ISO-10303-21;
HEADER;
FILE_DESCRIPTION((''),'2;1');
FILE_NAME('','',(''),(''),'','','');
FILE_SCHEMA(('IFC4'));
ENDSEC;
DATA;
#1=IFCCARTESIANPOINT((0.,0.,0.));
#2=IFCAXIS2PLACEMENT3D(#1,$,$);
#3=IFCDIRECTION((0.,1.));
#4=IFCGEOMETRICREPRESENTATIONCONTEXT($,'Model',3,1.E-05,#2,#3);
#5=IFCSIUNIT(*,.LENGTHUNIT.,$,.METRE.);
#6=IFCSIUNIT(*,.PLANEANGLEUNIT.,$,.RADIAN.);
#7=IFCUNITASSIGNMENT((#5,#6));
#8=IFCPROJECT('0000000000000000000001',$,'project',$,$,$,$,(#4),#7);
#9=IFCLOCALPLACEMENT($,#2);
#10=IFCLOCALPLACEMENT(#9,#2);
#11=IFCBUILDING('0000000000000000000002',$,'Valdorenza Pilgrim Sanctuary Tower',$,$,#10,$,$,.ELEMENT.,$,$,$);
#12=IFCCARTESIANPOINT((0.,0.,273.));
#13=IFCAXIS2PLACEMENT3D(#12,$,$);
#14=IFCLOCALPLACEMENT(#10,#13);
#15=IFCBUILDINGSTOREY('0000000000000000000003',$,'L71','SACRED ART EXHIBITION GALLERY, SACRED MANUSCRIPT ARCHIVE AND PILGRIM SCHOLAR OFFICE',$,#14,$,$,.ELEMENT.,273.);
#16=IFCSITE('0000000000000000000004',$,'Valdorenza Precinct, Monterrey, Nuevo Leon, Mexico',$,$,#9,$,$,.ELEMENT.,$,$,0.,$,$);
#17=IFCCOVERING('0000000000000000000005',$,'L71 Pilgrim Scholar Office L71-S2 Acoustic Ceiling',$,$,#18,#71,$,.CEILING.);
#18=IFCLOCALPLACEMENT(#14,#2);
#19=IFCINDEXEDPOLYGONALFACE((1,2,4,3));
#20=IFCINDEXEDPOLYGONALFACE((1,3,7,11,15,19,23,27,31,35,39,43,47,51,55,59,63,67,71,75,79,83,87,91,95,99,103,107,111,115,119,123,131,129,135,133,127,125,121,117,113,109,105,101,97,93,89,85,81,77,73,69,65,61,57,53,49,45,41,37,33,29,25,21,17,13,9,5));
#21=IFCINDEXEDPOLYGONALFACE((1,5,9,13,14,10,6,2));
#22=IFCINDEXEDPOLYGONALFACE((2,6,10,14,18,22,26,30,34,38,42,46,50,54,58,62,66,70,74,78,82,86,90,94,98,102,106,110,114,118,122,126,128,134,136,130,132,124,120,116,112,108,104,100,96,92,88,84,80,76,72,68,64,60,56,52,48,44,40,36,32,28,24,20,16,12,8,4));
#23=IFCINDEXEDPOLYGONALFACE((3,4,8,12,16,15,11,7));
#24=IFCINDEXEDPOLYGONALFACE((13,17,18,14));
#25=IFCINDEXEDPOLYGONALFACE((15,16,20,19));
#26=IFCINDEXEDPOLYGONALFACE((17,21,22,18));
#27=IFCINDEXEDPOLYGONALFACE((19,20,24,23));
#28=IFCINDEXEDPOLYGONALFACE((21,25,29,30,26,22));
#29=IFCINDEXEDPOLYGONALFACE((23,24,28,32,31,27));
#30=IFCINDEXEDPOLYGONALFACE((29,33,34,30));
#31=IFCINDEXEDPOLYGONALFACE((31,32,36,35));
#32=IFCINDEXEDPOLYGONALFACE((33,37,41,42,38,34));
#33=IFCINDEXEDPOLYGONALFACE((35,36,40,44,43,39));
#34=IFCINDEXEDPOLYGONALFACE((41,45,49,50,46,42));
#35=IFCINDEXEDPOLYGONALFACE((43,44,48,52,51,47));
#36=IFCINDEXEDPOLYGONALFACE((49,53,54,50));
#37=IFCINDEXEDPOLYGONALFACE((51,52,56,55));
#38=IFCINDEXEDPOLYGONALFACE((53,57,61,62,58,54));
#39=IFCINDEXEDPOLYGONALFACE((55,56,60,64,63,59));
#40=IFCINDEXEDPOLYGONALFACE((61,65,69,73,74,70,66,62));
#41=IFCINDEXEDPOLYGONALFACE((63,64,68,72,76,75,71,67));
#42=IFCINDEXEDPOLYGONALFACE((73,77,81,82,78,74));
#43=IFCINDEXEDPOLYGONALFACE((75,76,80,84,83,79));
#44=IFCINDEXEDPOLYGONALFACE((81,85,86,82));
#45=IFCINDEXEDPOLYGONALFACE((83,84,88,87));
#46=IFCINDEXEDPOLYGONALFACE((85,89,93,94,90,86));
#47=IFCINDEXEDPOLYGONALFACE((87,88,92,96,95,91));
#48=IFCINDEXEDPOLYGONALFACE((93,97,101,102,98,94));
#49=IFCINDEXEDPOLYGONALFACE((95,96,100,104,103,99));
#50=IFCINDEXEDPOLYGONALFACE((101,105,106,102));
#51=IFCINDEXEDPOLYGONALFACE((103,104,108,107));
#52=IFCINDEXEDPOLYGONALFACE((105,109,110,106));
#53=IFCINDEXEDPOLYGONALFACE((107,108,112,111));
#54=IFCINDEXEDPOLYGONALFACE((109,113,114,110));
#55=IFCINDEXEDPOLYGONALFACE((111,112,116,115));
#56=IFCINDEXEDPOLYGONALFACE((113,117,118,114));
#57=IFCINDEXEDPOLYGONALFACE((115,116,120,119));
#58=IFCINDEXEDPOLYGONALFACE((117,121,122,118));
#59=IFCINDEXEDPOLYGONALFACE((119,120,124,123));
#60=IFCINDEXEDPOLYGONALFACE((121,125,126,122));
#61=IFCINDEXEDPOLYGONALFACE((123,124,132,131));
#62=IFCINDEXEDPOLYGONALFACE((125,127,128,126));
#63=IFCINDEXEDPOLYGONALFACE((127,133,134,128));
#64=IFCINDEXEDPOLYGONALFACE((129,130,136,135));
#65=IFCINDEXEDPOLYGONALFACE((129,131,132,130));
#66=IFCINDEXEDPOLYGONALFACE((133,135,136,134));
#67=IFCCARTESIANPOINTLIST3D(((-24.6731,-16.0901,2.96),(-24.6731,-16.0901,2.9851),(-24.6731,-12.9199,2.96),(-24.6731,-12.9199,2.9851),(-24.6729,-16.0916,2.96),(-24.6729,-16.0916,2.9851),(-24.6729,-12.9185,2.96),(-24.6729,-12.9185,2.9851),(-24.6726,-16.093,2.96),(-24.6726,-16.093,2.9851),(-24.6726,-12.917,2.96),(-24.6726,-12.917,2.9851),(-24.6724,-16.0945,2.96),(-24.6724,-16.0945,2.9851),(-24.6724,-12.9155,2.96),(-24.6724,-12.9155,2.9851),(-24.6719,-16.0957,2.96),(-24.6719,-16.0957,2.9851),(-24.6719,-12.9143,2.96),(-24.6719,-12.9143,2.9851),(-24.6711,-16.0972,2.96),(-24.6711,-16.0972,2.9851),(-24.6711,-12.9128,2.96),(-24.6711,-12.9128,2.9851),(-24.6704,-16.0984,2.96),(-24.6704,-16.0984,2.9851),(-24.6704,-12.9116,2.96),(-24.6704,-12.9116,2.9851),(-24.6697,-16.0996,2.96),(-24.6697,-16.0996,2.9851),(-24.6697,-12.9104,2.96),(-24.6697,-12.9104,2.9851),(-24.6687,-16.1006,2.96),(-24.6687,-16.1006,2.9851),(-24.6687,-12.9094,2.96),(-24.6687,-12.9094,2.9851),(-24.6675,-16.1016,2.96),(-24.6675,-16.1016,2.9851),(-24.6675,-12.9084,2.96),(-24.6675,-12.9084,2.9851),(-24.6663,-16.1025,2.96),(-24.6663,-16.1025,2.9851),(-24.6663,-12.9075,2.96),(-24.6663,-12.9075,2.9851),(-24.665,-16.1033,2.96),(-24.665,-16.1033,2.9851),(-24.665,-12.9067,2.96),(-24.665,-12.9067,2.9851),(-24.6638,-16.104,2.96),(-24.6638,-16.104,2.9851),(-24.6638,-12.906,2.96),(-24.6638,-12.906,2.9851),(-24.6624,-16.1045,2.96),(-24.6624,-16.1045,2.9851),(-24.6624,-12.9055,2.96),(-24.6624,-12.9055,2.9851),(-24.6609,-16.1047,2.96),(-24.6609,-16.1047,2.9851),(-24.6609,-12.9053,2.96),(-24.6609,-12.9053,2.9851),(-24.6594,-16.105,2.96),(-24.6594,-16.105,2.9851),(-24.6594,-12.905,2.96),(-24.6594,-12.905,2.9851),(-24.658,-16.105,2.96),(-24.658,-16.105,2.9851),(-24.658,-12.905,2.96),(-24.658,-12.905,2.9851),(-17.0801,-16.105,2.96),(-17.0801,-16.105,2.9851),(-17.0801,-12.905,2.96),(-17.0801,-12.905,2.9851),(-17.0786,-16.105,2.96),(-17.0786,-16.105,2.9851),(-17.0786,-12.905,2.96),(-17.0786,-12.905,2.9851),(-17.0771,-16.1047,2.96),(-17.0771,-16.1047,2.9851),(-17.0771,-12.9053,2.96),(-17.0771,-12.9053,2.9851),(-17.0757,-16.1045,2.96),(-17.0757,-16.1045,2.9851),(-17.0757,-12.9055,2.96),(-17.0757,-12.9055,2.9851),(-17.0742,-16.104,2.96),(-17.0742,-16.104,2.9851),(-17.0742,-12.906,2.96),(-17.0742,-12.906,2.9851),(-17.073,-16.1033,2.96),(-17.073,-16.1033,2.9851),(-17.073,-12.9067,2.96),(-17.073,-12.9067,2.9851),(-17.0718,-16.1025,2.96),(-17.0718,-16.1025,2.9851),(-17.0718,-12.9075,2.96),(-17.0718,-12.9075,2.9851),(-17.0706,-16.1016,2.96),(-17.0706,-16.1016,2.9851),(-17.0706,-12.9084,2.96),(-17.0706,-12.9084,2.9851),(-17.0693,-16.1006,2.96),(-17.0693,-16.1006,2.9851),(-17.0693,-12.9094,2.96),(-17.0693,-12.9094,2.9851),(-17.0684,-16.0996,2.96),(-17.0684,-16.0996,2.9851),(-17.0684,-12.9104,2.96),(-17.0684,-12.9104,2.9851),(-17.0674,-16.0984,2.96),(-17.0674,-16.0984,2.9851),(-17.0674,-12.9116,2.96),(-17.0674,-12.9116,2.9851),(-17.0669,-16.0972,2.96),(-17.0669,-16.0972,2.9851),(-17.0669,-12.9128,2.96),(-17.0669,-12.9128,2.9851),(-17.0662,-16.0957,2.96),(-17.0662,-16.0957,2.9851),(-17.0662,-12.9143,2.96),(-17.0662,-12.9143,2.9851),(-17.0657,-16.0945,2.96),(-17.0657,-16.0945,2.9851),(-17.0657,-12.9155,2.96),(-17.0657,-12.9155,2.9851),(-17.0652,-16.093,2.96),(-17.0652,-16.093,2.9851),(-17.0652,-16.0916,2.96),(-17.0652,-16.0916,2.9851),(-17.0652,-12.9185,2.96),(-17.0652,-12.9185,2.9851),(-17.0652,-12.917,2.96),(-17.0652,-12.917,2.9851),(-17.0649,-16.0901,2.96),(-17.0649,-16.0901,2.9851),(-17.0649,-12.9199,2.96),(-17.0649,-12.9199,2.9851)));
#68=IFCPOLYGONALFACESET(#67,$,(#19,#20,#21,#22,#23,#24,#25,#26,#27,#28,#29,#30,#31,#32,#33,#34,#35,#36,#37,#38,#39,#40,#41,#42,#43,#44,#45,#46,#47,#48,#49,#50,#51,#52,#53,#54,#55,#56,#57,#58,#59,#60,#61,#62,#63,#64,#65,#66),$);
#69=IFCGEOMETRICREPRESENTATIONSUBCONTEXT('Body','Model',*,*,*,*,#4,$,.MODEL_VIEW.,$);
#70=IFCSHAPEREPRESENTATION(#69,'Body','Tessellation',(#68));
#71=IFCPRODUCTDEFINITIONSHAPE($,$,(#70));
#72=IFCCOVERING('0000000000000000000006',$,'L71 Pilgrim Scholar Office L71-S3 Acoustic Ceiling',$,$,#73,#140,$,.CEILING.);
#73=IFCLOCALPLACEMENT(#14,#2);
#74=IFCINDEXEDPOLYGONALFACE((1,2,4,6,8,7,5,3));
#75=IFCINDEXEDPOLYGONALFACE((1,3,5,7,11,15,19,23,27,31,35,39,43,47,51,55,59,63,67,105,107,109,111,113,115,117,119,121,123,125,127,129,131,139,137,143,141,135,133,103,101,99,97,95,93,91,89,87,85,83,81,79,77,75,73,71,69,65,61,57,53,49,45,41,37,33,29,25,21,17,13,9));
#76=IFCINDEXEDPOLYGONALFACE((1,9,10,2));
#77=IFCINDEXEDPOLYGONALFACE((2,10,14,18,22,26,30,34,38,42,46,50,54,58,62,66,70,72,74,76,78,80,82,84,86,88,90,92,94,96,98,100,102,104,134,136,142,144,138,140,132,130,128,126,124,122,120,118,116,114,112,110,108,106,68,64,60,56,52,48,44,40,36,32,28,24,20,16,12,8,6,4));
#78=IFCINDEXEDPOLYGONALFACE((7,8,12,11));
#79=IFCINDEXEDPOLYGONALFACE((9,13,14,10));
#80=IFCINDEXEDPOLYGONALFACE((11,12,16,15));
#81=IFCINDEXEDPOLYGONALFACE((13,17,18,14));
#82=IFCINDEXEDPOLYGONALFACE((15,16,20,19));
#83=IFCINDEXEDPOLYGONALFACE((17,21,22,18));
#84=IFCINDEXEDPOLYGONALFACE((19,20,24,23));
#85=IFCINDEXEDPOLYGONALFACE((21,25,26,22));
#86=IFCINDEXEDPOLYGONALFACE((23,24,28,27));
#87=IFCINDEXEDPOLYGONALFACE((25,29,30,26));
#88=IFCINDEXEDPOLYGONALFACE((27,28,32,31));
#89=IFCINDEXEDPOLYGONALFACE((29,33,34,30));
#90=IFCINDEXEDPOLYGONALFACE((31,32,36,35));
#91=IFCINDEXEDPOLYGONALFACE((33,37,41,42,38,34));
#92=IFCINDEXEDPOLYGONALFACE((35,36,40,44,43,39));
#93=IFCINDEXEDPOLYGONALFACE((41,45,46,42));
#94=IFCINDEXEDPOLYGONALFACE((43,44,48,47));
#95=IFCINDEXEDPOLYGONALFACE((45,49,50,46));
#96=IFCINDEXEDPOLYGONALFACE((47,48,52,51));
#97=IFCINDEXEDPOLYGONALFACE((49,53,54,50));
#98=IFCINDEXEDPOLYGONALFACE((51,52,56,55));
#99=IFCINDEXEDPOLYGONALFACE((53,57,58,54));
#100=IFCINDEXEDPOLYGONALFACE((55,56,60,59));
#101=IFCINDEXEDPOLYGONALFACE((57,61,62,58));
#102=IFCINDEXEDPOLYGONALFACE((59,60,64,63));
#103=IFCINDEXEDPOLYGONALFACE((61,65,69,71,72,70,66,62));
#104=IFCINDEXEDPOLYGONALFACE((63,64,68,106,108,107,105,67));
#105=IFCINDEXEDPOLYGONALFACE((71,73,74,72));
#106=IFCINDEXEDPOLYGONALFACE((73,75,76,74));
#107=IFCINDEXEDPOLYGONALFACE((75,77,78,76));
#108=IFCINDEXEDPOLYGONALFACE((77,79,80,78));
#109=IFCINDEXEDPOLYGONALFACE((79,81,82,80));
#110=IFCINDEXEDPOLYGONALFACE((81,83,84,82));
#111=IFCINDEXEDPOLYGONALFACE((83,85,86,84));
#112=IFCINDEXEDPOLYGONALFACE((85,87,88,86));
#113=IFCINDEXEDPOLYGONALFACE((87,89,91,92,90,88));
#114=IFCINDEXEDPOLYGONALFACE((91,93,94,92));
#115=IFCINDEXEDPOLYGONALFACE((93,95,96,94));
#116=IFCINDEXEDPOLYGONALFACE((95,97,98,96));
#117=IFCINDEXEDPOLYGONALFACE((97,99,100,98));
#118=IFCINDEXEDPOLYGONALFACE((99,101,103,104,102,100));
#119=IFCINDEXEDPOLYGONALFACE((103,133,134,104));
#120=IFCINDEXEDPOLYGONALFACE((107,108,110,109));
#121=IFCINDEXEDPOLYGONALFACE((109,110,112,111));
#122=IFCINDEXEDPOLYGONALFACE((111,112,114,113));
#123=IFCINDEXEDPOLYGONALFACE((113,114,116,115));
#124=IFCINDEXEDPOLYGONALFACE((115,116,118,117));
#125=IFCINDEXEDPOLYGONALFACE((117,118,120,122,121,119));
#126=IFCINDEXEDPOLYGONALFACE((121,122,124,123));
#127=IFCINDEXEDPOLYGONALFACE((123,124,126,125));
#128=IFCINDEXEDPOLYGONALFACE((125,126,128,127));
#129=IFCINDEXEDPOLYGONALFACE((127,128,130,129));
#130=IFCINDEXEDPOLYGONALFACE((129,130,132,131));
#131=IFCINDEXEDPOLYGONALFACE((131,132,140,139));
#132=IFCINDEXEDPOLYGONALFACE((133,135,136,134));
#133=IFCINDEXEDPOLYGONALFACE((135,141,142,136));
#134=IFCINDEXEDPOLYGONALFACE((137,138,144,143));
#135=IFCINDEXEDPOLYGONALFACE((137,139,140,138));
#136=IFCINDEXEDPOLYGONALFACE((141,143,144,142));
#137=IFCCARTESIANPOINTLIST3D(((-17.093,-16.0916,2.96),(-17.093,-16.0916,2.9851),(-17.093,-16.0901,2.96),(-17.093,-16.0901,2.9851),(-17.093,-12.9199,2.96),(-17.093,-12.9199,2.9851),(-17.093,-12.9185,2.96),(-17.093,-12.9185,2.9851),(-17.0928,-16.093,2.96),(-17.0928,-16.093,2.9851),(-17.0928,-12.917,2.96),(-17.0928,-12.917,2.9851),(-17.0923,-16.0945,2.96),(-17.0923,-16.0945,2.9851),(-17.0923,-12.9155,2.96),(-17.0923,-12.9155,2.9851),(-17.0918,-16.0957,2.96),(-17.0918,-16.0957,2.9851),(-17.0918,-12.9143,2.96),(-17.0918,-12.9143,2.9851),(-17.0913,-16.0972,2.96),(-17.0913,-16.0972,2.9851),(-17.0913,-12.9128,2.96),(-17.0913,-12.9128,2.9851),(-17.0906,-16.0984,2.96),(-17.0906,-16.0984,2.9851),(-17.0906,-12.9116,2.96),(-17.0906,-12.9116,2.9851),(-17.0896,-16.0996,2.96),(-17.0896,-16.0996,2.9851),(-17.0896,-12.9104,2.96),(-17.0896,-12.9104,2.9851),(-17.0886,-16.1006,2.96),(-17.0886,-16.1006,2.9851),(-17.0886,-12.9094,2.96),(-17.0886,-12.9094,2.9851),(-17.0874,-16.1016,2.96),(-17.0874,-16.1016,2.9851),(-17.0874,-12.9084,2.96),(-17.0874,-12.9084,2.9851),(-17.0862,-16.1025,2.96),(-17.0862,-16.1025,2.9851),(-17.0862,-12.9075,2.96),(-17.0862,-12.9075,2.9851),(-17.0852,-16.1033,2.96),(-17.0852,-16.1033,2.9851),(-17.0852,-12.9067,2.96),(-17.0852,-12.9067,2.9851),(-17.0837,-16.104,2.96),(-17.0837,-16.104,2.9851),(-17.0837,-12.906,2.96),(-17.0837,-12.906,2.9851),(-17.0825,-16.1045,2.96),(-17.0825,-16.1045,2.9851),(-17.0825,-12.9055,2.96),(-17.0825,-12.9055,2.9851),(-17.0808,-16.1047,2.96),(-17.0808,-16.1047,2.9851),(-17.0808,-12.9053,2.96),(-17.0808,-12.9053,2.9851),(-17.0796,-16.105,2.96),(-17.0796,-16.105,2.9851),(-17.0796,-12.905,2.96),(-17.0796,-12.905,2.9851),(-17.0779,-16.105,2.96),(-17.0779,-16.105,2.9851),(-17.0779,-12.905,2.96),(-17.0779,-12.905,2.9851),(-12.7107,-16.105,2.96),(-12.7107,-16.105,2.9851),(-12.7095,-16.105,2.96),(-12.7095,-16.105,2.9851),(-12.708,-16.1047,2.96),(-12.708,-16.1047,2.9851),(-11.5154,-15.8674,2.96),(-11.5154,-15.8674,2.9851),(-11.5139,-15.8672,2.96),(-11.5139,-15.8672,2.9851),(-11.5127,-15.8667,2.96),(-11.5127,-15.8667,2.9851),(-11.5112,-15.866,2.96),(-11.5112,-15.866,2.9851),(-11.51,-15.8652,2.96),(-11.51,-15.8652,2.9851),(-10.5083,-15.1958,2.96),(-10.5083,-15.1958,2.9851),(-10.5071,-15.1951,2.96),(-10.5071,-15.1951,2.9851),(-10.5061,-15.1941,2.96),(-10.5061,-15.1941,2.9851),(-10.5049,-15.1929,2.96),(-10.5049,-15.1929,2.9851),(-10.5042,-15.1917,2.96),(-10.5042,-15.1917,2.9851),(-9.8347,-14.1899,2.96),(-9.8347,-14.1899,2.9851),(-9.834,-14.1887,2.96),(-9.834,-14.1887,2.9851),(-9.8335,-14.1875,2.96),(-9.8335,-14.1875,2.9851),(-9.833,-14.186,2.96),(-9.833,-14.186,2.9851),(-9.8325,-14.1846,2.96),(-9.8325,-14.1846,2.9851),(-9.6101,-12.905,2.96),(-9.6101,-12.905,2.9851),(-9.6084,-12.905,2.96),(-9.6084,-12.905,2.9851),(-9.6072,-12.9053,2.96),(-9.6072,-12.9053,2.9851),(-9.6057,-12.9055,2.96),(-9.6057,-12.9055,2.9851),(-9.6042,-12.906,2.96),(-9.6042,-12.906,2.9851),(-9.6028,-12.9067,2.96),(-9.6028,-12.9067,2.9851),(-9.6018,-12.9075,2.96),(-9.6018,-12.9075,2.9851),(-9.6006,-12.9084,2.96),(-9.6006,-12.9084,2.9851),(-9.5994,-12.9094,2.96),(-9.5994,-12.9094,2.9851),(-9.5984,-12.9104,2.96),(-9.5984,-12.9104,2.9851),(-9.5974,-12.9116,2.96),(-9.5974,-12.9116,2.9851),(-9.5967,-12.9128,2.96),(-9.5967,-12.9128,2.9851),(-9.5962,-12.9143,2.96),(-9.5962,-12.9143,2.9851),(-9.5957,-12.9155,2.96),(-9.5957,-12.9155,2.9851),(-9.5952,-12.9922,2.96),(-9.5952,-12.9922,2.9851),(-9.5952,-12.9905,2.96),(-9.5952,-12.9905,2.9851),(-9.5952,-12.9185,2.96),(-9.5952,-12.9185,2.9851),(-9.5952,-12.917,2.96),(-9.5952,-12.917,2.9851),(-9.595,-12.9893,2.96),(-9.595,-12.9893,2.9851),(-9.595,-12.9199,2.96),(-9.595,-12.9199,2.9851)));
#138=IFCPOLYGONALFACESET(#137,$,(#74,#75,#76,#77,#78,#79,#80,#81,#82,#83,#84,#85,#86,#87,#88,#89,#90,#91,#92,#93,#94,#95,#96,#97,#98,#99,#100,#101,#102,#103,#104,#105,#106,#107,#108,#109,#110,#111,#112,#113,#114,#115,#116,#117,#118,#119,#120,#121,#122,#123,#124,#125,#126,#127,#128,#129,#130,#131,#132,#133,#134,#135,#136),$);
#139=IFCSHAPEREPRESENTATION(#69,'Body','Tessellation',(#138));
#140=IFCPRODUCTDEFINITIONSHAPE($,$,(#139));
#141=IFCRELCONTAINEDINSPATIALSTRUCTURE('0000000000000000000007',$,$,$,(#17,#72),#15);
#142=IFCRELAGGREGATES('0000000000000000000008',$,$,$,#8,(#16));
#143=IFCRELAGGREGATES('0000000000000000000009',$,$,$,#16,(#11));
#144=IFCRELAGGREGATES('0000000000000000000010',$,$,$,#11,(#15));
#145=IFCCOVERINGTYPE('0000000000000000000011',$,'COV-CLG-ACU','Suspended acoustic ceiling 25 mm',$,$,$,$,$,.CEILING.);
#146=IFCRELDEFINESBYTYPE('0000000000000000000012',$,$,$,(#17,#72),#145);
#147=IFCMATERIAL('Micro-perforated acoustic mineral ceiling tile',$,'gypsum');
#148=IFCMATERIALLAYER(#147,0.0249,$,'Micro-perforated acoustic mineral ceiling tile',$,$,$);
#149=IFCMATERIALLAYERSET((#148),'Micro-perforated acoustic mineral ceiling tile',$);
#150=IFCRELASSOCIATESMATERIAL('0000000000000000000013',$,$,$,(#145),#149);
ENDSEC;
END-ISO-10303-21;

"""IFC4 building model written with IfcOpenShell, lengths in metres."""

from ifc_helpers import new_model, si_unit, direction, frame, origin, place, context, subcontext, project, spatial, polyline, outline, extrude, material, layer, layer_set, type_object, element, save


model = new_model("IFC4")

# Units and contexts
model_context = context("Model", 3, precision=1e-05, world=origin(), true_north=direction((0.0, 1.0)))
body_context = subcontext(model_context, "Body", "Model", "MODEL_VIEW")
ifc_project = project(units=[si_unit("LENGTHUNIT", "METRE"), si_unit("PLANEANGLEUNIT", "RADIAN")], contexts=[model_context])

# Site, building, storey
site_placement = place(None, origin())
site = spatial("IfcSite", under=ifc_project, at=site_placement, Name="Valdorenza Precinct, Monterrey, Nuevo Leon, Mexico", CompositionType="ELEMENT", RefElevation=0.0)
building_placement = place(site_placement, origin())
building = spatial("IfcBuilding", under=site, at=building_placement, Name="Valdorenza Pilgrim Sanctuary Tower", CompositionType="ELEMENT")
storey_placement = place(building_placement, frame((0.0, 0.0, 273.0)))
storey = spatial("IfcBuildingStorey", under=building, at=storey_placement, Name="L71", Description="SACRED ART EXHIBITION GALLERY, SACRED MANUSCRIPT ARCHIVE AND PILGRIM SCHOLAR OFFICE", CompositionType="ELEMENT", Elevation=273.0)

# Coverings
ifc_material_1 = material(Name="Micro-perforated acoustic mineral ceiling tile", Category="gypsum")
ifc_layer_1 = layer(ifc_material_1, 0.0249, Name="Micro-perforated acoustic mineral ceiling tile")
ifc_layer_set_1 = layer_set([ifc_layer_1], Name="Micro-perforated acoustic mineral ceiling tile")
covering_type_1 = type_object("IfcCoveringType", Name="COV-CLG-ACU", Description="Suspended acoustic ceiling 25 mm", PredefinedType="CEILING", material=ifc_layer_set_1)
covering_1_placement = place(storey_placement, frame((0.0, 0.0, 2.96)))
element("IfcCovering", 1, at=covering_1_placement, inside=storey, type_object=covering_type_1, Name="L71 Pilgrim Scholar Office L71-S2 Acoustic Ceiling", PredefinedType="CEILING", context=body_context, shape_type="SweptSolid", body=[
    extrude(outline(polyline([(-17.0801, -12.905), (-17.0786, -12.905), (-17.0771, -12.9053), (-17.0757, -12.9055), (-17.0742, -12.906), (-17.073, -12.9067), (-17.0718, -12.9075), (-17.0706, -12.9084), (-17.0693, -12.9094), (-17.0684, -12.9104), (-17.0674, -12.9116), (-17.0669, -12.9128), (-17.0662, -12.9143), (-17.0657, -12.9155), (-17.0652, -12.917), (-17.0652, -12.9185), (-17.0649, -12.9199), (-17.0649, -16.0901), (-17.0652, -16.0916), (-17.0652, -16.093), (-17.0657, -16.0945), (-17.0662, -16.0957), (-17.0669, -16.0972), (-17.0674, -16.0984), (-17.0684, -16.0996), (-17.0693, -16.1006), (-17.0706, -16.1016), (-17.0718, -16.1025), (-17.073, -16.1033), (-17.0742, -16.104), (-17.0757, -16.1045), (-17.0771, -16.1047), (-17.0786, -16.105), (-17.0801, -16.105), (-24.658, -16.105), (-24.6594, -16.105), (-24.6609, -16.1047), (-24.6624, -16.1045), (-24.6638, -16.104), (-24.665, -16.1033), (-24.6663, -16.1025), (-24.6675, -16.1016), (-24.6687, -16.1006), (-24.6697, -16.0996), (-24.6704, -16.0984), (-24.6711, -16.0972), (-24.6719, -16.0957), (-24.6724, -16.0945), (-24.6726, -16.093), (-24.6729, -16.0916), (-24.6731, -16.0901), (-24.6731, -12.9199), (-24.6729, -12.9185), (-24.6726, -12.917), (-24.6724, -12.9155), (-24.6719, -12.9143), (-24.6711, -12.9128), (-24.6704, -12.9116), (-24.6697, -12.9104), (-24.6687, -12.9094), (-24.6675, -12.9084), (-24.6663, -12.9075), (-24.665, -12.9067), (-24.6638, -12.906), (-24.6624, -12.9055), (-24.6609, -12.9053), (-24.6594, -12.905), (-24.658, -12.905), (-17.0801, -12.905)])), origin(), (0.0, 0.0, 1.0), 0.0251),
])
covering_2_placement = place(storey_placement, frame((0.0, 0.0, 2.96)))
element("IfcCovering", 2, at=covering_2_placement, inside=storey, type_object=covering_type_1, Name="L71 Pilgrim Scholar Office L71-S3 Acoustic Ceiling", PredefinedType="CEILING", context=body_context, shape_type="SweptSolid", body=[
    extrude(outline(polyline([(-9.6101, -12.905), (-9.6084, -12.905), (-9.6072, -12.9053), (-9.6057, -12.9055), (-9.6042, -12.906), (-9.6028, -12.9067), (-9.6018, -12.9075), (-9.6006, -12.9084), (-9.5994, -12.9094), (-9.5984, -12.9104), (-9.5974, -12.9116), (-9.5967, -12.9128), (-9.5962, -12.9143), (-9.5957, -12.9155), (-9.5952, -12.917), (-9.5952, -12.9185), (-9.595, -12.9199), (-9.595, -12.9893), (-9.5952, -12.9905), (-9.5952, -12.9922), (-9.8325, -14.1846), (-9.833, -14.186), (-9.8335, -14.1875), (-9.834, -14.1887), (-9.8347, -14.1899), (-10.5042, -15.1917), (-10.5049, -15.1929), (-10.5061, -15.1941), (-10.5071, -15.1951), (-10.5083, -15.1958), (-11.51, -15.8652), (-11.5112, -15.866), (-11.5127, -15.8667), (-11.5139, -15.8672), (-11.5154, -15.8674), (-12.708, -16.1047), (-12.7095, -16.105), (-12.7107, -16.105), (-17.0779, -16.105), (-17.0796, -16.105), (-17.0808, -16.1047), (-17.0825, -16.1045), (-17.0837, -16.104), (-17.0852, -16.1033), (-17.0862, -16.1025), (-17.0874, -16.1016), (-17.0886, -16.1006), (-17.0896, -16.0996), (-17.0906, -16.0984), (-17.0913, -16.0972), (-17.0918, -16.0957), (-17.0923, -16.0945), (-17.0928, -16.093), (-17.093, -16.0916), (-17.093, -16.0901), (-17.093, -12.9199), (-17.093, -12.9185), (-17.0928, -12.917), (-17.0923, -12.9155), (-17.0918, -12.9143), (-17.0913, -12.9128), (-17.0906, -12.9116), (-17.0896, -12.9104), (-17.0886, -12.9094), (-17.0874, -12.9084), (-17.0862, -12.9075), (-17.0852, -12.9067), (-17.0837, -12.906), (-17.0825, -12.9055), (-17.0808, -12.9053), (-17.0796, -12.905), (-17.0779, -12.905), (-9.6101, -12.905)])), origin(), (0.0, 0.0, 1.0), 0.0251),
])

save(model, "model.ifc")
